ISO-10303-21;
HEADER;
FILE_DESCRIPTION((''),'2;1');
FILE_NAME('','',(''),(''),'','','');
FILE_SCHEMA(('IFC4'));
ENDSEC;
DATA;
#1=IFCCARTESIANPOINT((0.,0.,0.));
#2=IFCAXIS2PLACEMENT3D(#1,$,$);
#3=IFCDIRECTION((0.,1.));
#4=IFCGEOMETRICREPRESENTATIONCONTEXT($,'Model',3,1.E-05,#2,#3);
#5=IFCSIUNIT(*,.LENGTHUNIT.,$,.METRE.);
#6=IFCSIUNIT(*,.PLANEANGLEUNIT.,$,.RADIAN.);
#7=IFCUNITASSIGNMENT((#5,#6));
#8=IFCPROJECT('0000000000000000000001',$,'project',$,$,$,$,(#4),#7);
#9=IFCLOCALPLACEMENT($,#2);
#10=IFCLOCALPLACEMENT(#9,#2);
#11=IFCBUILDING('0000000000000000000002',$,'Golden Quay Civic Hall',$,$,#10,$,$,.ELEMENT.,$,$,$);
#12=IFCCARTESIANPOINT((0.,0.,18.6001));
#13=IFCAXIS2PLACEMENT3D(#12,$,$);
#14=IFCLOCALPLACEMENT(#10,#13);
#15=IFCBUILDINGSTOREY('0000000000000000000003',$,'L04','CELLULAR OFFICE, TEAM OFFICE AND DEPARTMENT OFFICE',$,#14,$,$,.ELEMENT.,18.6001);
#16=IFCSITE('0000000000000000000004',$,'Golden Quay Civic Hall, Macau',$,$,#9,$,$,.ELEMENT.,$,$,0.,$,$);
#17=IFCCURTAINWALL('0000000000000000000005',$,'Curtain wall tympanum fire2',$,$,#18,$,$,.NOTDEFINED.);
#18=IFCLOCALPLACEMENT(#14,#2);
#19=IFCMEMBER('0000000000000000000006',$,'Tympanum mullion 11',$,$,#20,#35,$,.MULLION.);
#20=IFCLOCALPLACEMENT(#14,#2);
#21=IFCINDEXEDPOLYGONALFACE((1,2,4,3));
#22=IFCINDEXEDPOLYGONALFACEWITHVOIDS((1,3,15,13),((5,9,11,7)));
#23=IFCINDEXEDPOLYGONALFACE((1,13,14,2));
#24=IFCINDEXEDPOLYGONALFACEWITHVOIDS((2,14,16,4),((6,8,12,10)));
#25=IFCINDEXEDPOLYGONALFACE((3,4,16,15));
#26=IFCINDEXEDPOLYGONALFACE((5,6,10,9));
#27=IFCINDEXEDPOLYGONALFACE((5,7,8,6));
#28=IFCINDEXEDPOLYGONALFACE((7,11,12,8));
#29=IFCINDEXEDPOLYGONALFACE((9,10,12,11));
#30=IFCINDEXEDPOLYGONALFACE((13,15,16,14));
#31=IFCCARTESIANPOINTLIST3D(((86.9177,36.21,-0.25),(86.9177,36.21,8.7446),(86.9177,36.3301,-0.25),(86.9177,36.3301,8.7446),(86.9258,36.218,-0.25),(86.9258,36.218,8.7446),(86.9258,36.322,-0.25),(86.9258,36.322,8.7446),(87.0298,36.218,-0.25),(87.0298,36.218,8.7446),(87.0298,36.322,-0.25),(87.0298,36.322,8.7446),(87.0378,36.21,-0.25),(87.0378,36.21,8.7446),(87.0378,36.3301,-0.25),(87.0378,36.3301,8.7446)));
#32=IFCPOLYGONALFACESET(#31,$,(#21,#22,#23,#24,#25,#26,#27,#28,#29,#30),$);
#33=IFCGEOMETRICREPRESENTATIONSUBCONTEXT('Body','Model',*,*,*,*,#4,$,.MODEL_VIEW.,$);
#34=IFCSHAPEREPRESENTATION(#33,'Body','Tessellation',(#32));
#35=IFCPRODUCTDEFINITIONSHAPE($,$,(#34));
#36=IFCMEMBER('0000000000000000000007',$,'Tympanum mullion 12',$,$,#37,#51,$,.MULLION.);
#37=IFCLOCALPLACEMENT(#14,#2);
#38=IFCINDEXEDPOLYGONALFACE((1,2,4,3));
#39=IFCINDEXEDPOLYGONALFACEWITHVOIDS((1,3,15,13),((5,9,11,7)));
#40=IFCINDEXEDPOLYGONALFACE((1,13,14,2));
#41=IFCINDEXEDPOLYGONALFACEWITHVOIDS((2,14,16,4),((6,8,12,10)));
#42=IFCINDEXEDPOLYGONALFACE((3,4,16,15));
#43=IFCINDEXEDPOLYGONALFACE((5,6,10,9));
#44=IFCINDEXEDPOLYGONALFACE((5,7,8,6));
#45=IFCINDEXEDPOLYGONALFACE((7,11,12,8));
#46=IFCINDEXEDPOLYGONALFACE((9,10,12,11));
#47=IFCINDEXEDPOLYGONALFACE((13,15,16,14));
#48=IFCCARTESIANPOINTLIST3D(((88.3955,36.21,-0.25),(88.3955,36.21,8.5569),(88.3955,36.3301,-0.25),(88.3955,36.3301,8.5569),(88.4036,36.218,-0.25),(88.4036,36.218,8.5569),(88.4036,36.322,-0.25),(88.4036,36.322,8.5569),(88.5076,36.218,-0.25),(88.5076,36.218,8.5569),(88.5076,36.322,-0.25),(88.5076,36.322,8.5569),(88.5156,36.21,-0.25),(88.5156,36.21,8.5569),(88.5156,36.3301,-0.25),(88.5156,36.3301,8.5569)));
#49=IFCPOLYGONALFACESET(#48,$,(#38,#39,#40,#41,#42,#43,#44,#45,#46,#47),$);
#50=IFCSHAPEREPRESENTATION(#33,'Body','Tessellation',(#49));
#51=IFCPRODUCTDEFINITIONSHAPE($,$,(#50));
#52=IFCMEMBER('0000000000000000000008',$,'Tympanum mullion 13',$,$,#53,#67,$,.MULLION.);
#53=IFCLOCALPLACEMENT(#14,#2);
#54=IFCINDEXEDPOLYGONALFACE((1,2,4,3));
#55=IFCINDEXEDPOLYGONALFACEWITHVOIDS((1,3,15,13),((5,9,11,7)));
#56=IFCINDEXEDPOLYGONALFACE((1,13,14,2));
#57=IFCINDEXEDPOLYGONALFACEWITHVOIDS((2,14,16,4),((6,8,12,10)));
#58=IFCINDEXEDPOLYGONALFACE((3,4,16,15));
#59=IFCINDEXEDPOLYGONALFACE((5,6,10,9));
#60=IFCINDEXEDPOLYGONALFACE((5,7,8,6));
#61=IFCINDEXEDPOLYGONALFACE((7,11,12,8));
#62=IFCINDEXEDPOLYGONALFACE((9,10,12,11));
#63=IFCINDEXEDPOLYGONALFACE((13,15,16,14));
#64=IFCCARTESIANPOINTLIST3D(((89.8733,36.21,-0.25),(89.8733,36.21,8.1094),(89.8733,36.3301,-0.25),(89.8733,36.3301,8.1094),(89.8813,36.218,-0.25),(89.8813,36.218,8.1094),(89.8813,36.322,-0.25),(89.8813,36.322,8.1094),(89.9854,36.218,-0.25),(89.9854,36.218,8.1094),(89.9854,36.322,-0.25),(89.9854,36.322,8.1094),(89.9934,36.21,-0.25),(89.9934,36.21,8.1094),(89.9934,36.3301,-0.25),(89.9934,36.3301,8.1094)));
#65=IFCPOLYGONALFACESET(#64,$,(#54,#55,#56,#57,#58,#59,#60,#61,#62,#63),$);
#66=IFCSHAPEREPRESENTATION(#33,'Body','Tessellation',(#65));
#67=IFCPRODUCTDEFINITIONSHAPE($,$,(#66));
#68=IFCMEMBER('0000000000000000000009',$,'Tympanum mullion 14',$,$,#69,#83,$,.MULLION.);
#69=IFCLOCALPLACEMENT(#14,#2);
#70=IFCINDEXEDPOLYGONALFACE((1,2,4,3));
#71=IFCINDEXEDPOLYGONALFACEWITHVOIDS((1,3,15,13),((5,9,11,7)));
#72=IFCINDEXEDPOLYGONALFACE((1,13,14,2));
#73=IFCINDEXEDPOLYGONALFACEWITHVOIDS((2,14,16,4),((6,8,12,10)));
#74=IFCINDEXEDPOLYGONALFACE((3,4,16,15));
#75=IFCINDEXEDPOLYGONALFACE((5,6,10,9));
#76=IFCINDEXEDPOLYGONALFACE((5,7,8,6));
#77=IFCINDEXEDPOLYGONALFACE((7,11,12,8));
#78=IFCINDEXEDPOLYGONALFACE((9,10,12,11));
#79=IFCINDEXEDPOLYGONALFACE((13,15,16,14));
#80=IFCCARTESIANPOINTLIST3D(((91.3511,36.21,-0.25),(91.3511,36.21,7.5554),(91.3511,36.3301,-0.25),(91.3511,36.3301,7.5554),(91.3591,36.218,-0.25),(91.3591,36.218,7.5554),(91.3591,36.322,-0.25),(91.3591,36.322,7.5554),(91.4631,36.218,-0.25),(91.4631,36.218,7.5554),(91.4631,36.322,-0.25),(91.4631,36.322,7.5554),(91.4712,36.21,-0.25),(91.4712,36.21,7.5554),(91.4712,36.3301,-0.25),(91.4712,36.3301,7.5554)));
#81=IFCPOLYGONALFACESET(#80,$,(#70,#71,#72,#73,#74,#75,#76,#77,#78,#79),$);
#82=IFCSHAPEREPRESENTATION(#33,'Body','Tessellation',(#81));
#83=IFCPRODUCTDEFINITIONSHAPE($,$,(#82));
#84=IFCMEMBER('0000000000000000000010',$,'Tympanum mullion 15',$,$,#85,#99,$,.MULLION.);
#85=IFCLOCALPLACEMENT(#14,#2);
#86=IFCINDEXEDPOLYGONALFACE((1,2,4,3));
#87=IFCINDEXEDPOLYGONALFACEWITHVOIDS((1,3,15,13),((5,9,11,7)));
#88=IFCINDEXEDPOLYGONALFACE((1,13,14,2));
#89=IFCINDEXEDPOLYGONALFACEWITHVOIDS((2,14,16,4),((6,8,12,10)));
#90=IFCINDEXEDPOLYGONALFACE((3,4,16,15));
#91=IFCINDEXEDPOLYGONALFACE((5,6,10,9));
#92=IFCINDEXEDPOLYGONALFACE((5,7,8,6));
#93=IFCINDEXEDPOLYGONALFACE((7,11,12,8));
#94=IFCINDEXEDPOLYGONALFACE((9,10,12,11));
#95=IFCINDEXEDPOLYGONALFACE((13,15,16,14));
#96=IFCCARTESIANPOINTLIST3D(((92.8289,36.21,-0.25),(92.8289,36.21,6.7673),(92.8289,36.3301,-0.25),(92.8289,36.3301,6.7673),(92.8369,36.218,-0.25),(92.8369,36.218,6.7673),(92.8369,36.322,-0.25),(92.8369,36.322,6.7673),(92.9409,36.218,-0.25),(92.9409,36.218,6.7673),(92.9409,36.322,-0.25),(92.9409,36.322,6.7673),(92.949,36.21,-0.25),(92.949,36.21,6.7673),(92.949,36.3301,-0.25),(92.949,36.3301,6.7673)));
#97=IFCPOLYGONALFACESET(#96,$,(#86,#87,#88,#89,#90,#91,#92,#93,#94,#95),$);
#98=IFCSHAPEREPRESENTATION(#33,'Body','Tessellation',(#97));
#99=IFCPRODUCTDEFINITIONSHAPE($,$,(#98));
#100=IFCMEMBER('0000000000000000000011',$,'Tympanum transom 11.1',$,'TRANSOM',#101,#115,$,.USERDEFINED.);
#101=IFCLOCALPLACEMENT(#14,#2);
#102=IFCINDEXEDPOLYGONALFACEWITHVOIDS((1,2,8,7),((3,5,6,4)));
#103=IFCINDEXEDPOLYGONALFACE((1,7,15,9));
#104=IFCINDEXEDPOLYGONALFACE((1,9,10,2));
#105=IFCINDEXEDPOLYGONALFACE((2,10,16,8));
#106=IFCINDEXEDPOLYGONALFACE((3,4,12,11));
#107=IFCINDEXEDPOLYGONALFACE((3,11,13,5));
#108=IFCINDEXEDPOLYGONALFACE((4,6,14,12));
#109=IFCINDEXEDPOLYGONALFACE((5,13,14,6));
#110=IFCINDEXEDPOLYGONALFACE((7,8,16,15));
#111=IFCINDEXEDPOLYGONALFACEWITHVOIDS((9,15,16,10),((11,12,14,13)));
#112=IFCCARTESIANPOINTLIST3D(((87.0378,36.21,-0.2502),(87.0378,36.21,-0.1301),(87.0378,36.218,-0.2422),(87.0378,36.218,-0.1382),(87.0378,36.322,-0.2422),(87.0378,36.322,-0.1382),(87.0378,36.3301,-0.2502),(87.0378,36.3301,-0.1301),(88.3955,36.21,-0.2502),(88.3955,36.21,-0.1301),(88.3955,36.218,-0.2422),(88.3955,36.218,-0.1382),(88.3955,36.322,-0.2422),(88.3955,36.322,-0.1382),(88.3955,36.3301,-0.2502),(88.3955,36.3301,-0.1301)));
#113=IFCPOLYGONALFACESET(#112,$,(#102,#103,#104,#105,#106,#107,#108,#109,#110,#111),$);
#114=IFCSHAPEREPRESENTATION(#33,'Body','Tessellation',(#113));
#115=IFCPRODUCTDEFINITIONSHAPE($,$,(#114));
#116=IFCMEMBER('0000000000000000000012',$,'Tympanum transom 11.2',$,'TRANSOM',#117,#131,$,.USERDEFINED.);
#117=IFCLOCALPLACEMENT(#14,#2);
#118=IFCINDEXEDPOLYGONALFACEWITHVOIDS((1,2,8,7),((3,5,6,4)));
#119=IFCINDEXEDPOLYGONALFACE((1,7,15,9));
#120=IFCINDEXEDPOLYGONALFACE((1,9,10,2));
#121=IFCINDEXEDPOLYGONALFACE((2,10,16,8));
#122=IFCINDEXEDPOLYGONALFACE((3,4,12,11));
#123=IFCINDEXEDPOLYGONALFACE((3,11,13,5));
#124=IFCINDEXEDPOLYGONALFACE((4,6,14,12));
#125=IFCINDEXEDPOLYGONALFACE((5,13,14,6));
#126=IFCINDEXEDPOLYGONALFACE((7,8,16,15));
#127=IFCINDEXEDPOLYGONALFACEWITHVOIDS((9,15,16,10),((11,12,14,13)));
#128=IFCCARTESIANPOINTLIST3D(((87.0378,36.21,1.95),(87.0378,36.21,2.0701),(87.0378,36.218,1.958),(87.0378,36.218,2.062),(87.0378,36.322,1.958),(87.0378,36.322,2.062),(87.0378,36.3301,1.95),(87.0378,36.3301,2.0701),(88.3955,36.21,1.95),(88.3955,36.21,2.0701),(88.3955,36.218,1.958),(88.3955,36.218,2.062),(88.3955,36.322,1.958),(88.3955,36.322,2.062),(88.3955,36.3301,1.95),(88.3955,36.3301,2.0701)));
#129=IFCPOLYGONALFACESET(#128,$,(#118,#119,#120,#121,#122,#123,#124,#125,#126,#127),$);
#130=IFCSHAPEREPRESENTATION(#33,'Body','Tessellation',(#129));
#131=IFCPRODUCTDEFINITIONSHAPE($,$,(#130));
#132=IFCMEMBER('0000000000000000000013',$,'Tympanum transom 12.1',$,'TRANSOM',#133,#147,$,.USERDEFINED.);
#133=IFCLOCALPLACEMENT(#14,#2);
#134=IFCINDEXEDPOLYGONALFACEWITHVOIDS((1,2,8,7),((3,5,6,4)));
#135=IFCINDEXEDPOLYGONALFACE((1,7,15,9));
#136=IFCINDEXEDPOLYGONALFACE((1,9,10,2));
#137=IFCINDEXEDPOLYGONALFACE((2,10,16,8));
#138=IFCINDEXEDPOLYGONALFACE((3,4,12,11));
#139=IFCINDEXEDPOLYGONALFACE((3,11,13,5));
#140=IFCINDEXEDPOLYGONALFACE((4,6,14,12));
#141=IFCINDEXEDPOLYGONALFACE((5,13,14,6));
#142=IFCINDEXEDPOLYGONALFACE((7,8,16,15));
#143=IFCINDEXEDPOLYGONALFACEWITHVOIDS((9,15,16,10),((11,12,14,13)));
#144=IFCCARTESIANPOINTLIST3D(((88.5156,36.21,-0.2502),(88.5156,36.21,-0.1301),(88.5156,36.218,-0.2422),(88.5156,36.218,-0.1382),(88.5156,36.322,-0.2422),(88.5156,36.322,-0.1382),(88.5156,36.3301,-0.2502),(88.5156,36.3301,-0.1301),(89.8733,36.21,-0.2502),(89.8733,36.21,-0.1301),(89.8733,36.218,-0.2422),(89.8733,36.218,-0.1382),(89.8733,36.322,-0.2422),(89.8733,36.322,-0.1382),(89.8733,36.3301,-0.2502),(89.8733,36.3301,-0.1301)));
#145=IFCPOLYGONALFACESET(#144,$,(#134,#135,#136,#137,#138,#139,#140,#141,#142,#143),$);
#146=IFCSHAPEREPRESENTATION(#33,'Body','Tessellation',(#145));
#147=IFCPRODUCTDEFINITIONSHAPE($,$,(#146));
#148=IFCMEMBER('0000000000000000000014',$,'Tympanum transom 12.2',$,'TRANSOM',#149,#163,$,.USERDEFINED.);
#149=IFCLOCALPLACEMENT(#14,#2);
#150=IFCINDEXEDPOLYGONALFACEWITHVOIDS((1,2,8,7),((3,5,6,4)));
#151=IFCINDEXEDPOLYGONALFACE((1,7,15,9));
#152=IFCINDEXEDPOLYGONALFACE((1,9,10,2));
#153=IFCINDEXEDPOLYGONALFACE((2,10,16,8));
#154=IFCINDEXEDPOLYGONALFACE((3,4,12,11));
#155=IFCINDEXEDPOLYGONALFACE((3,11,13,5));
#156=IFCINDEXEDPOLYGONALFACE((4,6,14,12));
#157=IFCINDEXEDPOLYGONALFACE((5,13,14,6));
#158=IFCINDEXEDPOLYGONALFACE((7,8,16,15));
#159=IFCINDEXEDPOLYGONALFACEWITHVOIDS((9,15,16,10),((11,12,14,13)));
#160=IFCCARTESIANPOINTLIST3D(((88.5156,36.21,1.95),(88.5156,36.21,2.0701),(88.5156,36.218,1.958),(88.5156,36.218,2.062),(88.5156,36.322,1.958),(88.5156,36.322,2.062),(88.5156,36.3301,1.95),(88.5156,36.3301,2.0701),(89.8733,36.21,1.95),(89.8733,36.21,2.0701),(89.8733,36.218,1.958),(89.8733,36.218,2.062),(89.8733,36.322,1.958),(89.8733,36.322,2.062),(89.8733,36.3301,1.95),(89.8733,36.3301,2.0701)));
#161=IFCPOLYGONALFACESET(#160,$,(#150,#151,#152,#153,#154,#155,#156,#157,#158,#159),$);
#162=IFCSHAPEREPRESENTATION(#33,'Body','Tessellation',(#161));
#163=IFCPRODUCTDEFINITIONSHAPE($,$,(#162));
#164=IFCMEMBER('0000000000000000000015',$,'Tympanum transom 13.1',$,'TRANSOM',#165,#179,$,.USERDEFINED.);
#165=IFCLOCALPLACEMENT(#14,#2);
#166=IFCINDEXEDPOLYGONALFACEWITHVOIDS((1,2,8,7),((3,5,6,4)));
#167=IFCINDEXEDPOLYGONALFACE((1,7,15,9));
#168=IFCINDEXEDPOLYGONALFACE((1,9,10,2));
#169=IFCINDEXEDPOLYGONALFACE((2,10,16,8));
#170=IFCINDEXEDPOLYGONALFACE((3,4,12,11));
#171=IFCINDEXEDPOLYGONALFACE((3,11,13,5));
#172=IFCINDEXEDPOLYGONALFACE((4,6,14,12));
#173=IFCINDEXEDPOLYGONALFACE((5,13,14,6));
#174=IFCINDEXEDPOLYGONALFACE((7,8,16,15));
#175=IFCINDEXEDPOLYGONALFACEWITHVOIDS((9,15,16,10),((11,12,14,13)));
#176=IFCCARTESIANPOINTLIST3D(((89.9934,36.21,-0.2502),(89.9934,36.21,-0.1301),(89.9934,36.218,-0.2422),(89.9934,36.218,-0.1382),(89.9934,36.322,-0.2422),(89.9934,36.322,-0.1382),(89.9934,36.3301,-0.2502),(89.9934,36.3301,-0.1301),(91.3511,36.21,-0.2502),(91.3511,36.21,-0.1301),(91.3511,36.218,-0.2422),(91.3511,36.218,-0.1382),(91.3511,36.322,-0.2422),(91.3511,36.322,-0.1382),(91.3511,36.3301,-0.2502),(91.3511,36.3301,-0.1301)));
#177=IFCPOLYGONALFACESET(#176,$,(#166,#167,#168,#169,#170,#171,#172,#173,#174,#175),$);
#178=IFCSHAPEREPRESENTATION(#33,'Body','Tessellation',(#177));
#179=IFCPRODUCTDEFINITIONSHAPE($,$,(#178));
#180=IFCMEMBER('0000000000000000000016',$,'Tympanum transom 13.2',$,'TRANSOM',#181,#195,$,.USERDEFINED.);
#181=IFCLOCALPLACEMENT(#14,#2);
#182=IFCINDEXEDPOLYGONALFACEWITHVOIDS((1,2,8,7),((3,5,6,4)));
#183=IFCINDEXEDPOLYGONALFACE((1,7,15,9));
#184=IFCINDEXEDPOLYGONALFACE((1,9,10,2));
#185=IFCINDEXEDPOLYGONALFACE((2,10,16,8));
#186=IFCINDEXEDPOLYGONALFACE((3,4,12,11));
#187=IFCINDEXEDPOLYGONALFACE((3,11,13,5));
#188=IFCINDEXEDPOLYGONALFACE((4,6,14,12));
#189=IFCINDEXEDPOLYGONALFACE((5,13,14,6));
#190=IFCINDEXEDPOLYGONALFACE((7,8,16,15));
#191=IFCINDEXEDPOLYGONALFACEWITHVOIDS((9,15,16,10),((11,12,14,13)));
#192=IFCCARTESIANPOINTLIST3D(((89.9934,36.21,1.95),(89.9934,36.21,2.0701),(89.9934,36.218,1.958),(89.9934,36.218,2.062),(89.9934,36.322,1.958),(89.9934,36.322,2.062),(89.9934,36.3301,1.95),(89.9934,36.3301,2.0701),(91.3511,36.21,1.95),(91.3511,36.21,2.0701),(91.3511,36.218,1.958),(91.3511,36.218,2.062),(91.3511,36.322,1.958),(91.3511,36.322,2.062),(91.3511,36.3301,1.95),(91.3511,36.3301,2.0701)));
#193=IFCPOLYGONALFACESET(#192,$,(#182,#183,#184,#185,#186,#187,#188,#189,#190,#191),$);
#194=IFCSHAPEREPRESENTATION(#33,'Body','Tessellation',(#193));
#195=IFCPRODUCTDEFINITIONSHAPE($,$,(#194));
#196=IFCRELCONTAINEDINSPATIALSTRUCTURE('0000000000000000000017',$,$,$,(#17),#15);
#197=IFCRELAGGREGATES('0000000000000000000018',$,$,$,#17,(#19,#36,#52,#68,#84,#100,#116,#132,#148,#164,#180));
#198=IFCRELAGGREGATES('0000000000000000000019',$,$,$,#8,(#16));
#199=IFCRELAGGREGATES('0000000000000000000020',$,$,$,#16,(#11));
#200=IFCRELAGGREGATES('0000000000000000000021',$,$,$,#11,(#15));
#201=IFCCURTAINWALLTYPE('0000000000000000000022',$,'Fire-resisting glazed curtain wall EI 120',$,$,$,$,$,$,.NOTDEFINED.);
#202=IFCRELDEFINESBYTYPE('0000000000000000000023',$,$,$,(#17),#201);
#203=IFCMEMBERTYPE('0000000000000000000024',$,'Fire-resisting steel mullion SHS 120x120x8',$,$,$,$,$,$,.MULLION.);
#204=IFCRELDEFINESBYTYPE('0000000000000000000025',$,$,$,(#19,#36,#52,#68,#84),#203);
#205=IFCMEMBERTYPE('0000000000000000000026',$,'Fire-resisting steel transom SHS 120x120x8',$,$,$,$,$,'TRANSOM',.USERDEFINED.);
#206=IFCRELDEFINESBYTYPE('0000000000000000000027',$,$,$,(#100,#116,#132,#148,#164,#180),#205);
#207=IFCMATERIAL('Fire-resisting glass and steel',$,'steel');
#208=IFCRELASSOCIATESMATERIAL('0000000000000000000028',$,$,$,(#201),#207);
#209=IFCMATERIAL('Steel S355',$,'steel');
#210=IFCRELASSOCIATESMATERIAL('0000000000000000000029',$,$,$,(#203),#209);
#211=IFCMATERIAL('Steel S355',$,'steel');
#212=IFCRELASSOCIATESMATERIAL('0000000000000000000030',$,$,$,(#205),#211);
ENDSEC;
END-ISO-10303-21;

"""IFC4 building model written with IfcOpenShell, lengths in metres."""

from ifc_helpers import new_model, si_unit, direction, frame, origin, origin_2d, place, context, subcontext, project, spatial, hollow_rectangle, extrude, material, material_profile, profile_set, type_object, element, aggregate, save


model = new_model("IFC4")

# Units and contexts
model_context = context("Model", 3, precision=1e-05, world=origin(), true_north=direction((0.0, 1.0)))
body_context = subcontext(model_context, "Body", "Model", "MODEL_VIEW")
ifc_project = project(units=[si_unit("LENGTHUNIT", "METRE"), si_unit("PLANEANGLEUNIT", "RADIAN")], contexts=[model_context])

# Site, building, storey
site_placement = place(None, origin())
site = spatial("IfcSite", under=ifc_project, at=site_placement, Name="Golden Quay Civic Hall, Macau", CompositionType="ELEMENT", RefElevation=0.0)
building_placement = place(site_placement, origin())
building = spatial("IfcBuilding", under=site, at=building_placement, Name="Golden Quay Civic Hall", CompositionType="ELEMENT")
storey_placement = place(building_placement, frame((0.0, 0.0, 18.6001)))
storey = spatial("IfcBuildingStorey", under=building, at=storey_placement, Name="L04", Description="CELLULAR OFFICE, TEAM OFFICE AND DEPARTMENT OFFICE", CompositionType="ELEMENT", Elevation=18.6001)

# Curtain wall, members
ifc_material_1 = material(Name="Fire-resisting glass and steel", Category="steel")
curtain_wall_type = type_object("IfcCurtainWallType", Name="Fire-resisting glazed curtain wall EI 120", PredefinedType="NOTDEFINED", material=ifc_material_1)
curtain_wall_placement = place(storey_placement, origin())
curtain_wall = element("IfcCurtainWall", 1, at=curtain_wall_placement, inside=storey, type_object=curtain_wall_type, Name="Curtain wall tympanum fire2", PredefinedType="NOTDEFINED")
ifc_material_2 = material(Name="Steel S355", Category="steel")
ifc_material_profile_1 = material_profile(ifc_material_2, hollow_rectangle(XDim=0.1201, YDim=0.1201, WallThickness=0.0081, at=origin_2d()), Name="SHS 120x120x8")
ifc_profile_set_1 = profile_set([ifc_material_profile_1], Name="Steel S355")
member_type_1 = type_object("IfcMemberType", Name="Fire-resisting steel mullion SHS 120x120x8", PredefinedType="MULLION", material=ifc_profile_set_1)
member_1_placement = place(storey_placement, frame((86.9778, 36.27, -0.25), z_axis=(0.0, 0.0, 1.0), x_axis=(0.0, 1.0, 0.0)))
member_1 = element("IfcMember", 2, at=member_1_placement, type_object=member_type_1, Name="Tympanum mullion 11", PredefinedType="MULLION", context=body_context, shape_type="SweptSolid", body=[
    extrude(hollow_rectangle(XDim=0.1201, YDim=0.1201, WallThickness=0.0081, at=origin_2d()), origin(), (0.0, 0.0, 1.0), 8.9946),
])
member_2_placement = place(storey_placement, frame((88.4556, 36.27, -0.25), z_axis=(0.0, 0.0, 1.0), x_axis=(0.0, 1.0, 0.0)))
member_2 = element("IfcMember", 3, at=member_2_placement, type_object=member_type_1, Name="Tympanum mullion 12", PredefinedType="MULLION", context=body_context, shape_type="SweptSolid", body=[
    extrude(hollow_rectangle(XDim=0.1201, YDim=0.1201, WallThickness=0.0081, at=origin_2d()), origin(), (0.0, 0.0, 1.0), 8.8069),
])
member_3_placement = place(storey_placement, frame((89.9333, 36.27, -0.25), z_axis=(0.0, 0.0, 1.0), x_axis=(0.0, 1.0, 0.0)))
member_3 = element("IfcMember", 4, at=member_3_placement, type_object=member_type_1, Name="Tympanum mullion 13", PredefinedType="MULLION", context=body_context, shape_type="SweptSolid", body=[
    extrude(hollow_rectangle(XDim=0.1201, YDim=0.1201, WallThickness=0.0081, at=origin_2d()), origin(), (0.0, 0.0, 1.0), 8.3594),
])
member_4_placement = place(storey_placement, frame((91.4111, 36.27, -0.25), z_axis=(0.0, 0.0, 1.0), x_axis=(0.0, 1.0, 0.0)))
member_4 = element("IfcMember", 5, at=member_4_placement, type_object=member_type_1, Name="Tympanum mullion 14", PredefinedType="MULLION", context=body_context, shape_type="SweptSolid", body=[
    extrude(hollow_rectangle(XDim=0.1201, YDim=0.1201, WallThickness=0.0081, at=origin_2d()), origin(), (0.0, 0.0, 1.0), 7.8054),
])
member_5_placement = place(storey_placement, frame((92.8889, 36.27, -0.25), z_axis=(0.0, 0.0, 1.0), x_axis=(0.0, 1.0, 0.0)))
member_5 = element("IfcMember", 6, at=member_5_placement, type_object=member_type_1, Name="Tympanum mullion 15", PredefinedType="MULLION", context=body_context, shape_type="SweptSolid", body=[
    extrude(hollow_rectangle(XDim=0.1201, YDim=0.1201, WallThickness=0.0081, at=origin_2d()), origin(), (0.0, 0.0, 1.0), 7.0173),
])
ifc_material_3 = material(Name="Steel S355", Category="steel")
ifc_material_profile_2 = material_profile(ifc_material_3, hollow_rectangle(XDim=0.1201, YDim=0.1201, WallThickness=0.0081, at=origin_2d()), Name="SHS 120x120x8")
ifc_profile_set_2 = profile_set([ifc_material_profile_2], Name="Steel S355")
member_type_2 = type_object("IfcMemberType", Name="Fire-resisting steel transom SHS 120x120x8", ElementType="TRANSOM", PredefinedType="USERDEFINED", material=ifc_profile_set_2)
member_6_placement = place(storey_placement, frame((87.0378, 36.27, -0.1902), z_axis=(1.0, 0.0, 0.0), x_axis=(0.0, 1.0, 0.0)))
member_6 = element("IfcMember", 7, at=member_6_placement, type_object=member_type_2, Name="Tympanum transom 11.1", ObjectType="TRANSOM", PredefinedType="USERDEFINED", context=body_context, shape_type="SweptSolid", body=[
    extrude(hollow_rectangle(XDim=0.1201, YDim=0.1201, WallThickness=0.0081, at=origin_2d()), origin(), (0.0, 0.0, 1.0), 1.3577),
])
member_7_placement = place(storey_placement, frame((87.0378, 36.27, 2.01), z_axis=(1.0, 0.0, 0.0), x_axis=(0.0, 1.0, 0.0)))
member_7 = element("IfcMember", 8, at=member_7_placement, type_object=member_type_2, Name="Tympanum transom 11.2", ObjectType="TRANSOM", PredefinedType="USERDEFINED", context=body_context, shape_type="SweptSolid", body=[
    extrude(hollow_rectangle(XDim=0.1201, YDim=0.1201, WallThickness=0.0081, at=origin_2d()), origin(), (0.0, 0.0, 1.0), 1.3577),
])
member_8_placement = place(storey_placement, frame((88.5156, 36.27, -0.1902), z_axis=(1.0, 0.0, 0.0), x_axis=(0.0, 1.0, 0.0)))
member_8 = element("IfcMember", 9, at=member_8_placement, type_object=member_type_2, Name="Tympanum transom 12.1", ObjectType="TRANSOM", PredefinedType="USERDEFINED", context=body_context, shape_type="SweptSolid", body=[
    extrude(hollow_rectangle(XDim=0.1201, YDim=0.1201, WallThickness=0.0081, at=origin_2d()), origin(), (0.0, 0.0, 1.0), 1.3577),
])
member_9_placement = place(storey_placement, frame((88.5156, 36.27, 2.01), z_axis=(1.0, 0.0, 0.0), x_axis=(0.0, 1.0, 0.0)))
member_9 = element("IfcMember", 10, at=member_9_placement, type_object=member_type_2, Name="Tympanum transom 12.2", ObjectType="TRANSOM", PredefinedType="USERDEFINED", context=body_context, shape_type="SweptSolid", body=[
    extrude(hollow_rectangle(XDim=0.1201, YDim=0.1201, WallThickness=0.0081, at=origin_2d()), origin(), (0.0, 0.0, 1.0), 1.3577),
])
member_10_placement = place(storey_placement, frame((89.9934, 36.27, -0.1902), z_axis=(1.0, 0.0, 0.0), x_axis=(0.0, 1.0, 0.0)))
member_10 = element("IfcMember", 11, at=member_10_placement, type_object=member_type_2, Name="Tympanum transom 13.1", ObjectType="TRANSOM", PredefinedType="USERDEFINED", context=body_context, shape_type="SweptSolid", body=[
    extrude(hollow_rectangle(XDim=0.1201, YDim=0.1201, WallThickness=0.0081, at=origin_2d()), origin(), (0.0, 0.0, 1.0), 1.3577),
])
member_11_placement = place(storey_placement, frame((89.9934, 36.27, 2.01), z_axis=(1.0, 0.0, 0.0), x_axis=(0.0, 1.0, 0.0)))
member_11 = element("IfcMember", 12, at=member_11_placement, type_object=member_type_2, Name="Tympanum transom 13.2", ObjectType="TRANSOM", PredefinedType="USERDEFINED", context=body_context, shape_type="SweptSolid", body=[
    extrude(hollow_rectangle(XDim=0.1201, YDim=0.1201, WallThickness=0.0081, at=origin_2d()), origin(), (0.0, 0.0, 1.0), 1.3577),
])
aggregate(curtain_wall, [member_1, member_2, member_3, member_4, member_5, member_6, member_7, member_8, member_9, member_10, member_11])

save(model, "model.ifc")
